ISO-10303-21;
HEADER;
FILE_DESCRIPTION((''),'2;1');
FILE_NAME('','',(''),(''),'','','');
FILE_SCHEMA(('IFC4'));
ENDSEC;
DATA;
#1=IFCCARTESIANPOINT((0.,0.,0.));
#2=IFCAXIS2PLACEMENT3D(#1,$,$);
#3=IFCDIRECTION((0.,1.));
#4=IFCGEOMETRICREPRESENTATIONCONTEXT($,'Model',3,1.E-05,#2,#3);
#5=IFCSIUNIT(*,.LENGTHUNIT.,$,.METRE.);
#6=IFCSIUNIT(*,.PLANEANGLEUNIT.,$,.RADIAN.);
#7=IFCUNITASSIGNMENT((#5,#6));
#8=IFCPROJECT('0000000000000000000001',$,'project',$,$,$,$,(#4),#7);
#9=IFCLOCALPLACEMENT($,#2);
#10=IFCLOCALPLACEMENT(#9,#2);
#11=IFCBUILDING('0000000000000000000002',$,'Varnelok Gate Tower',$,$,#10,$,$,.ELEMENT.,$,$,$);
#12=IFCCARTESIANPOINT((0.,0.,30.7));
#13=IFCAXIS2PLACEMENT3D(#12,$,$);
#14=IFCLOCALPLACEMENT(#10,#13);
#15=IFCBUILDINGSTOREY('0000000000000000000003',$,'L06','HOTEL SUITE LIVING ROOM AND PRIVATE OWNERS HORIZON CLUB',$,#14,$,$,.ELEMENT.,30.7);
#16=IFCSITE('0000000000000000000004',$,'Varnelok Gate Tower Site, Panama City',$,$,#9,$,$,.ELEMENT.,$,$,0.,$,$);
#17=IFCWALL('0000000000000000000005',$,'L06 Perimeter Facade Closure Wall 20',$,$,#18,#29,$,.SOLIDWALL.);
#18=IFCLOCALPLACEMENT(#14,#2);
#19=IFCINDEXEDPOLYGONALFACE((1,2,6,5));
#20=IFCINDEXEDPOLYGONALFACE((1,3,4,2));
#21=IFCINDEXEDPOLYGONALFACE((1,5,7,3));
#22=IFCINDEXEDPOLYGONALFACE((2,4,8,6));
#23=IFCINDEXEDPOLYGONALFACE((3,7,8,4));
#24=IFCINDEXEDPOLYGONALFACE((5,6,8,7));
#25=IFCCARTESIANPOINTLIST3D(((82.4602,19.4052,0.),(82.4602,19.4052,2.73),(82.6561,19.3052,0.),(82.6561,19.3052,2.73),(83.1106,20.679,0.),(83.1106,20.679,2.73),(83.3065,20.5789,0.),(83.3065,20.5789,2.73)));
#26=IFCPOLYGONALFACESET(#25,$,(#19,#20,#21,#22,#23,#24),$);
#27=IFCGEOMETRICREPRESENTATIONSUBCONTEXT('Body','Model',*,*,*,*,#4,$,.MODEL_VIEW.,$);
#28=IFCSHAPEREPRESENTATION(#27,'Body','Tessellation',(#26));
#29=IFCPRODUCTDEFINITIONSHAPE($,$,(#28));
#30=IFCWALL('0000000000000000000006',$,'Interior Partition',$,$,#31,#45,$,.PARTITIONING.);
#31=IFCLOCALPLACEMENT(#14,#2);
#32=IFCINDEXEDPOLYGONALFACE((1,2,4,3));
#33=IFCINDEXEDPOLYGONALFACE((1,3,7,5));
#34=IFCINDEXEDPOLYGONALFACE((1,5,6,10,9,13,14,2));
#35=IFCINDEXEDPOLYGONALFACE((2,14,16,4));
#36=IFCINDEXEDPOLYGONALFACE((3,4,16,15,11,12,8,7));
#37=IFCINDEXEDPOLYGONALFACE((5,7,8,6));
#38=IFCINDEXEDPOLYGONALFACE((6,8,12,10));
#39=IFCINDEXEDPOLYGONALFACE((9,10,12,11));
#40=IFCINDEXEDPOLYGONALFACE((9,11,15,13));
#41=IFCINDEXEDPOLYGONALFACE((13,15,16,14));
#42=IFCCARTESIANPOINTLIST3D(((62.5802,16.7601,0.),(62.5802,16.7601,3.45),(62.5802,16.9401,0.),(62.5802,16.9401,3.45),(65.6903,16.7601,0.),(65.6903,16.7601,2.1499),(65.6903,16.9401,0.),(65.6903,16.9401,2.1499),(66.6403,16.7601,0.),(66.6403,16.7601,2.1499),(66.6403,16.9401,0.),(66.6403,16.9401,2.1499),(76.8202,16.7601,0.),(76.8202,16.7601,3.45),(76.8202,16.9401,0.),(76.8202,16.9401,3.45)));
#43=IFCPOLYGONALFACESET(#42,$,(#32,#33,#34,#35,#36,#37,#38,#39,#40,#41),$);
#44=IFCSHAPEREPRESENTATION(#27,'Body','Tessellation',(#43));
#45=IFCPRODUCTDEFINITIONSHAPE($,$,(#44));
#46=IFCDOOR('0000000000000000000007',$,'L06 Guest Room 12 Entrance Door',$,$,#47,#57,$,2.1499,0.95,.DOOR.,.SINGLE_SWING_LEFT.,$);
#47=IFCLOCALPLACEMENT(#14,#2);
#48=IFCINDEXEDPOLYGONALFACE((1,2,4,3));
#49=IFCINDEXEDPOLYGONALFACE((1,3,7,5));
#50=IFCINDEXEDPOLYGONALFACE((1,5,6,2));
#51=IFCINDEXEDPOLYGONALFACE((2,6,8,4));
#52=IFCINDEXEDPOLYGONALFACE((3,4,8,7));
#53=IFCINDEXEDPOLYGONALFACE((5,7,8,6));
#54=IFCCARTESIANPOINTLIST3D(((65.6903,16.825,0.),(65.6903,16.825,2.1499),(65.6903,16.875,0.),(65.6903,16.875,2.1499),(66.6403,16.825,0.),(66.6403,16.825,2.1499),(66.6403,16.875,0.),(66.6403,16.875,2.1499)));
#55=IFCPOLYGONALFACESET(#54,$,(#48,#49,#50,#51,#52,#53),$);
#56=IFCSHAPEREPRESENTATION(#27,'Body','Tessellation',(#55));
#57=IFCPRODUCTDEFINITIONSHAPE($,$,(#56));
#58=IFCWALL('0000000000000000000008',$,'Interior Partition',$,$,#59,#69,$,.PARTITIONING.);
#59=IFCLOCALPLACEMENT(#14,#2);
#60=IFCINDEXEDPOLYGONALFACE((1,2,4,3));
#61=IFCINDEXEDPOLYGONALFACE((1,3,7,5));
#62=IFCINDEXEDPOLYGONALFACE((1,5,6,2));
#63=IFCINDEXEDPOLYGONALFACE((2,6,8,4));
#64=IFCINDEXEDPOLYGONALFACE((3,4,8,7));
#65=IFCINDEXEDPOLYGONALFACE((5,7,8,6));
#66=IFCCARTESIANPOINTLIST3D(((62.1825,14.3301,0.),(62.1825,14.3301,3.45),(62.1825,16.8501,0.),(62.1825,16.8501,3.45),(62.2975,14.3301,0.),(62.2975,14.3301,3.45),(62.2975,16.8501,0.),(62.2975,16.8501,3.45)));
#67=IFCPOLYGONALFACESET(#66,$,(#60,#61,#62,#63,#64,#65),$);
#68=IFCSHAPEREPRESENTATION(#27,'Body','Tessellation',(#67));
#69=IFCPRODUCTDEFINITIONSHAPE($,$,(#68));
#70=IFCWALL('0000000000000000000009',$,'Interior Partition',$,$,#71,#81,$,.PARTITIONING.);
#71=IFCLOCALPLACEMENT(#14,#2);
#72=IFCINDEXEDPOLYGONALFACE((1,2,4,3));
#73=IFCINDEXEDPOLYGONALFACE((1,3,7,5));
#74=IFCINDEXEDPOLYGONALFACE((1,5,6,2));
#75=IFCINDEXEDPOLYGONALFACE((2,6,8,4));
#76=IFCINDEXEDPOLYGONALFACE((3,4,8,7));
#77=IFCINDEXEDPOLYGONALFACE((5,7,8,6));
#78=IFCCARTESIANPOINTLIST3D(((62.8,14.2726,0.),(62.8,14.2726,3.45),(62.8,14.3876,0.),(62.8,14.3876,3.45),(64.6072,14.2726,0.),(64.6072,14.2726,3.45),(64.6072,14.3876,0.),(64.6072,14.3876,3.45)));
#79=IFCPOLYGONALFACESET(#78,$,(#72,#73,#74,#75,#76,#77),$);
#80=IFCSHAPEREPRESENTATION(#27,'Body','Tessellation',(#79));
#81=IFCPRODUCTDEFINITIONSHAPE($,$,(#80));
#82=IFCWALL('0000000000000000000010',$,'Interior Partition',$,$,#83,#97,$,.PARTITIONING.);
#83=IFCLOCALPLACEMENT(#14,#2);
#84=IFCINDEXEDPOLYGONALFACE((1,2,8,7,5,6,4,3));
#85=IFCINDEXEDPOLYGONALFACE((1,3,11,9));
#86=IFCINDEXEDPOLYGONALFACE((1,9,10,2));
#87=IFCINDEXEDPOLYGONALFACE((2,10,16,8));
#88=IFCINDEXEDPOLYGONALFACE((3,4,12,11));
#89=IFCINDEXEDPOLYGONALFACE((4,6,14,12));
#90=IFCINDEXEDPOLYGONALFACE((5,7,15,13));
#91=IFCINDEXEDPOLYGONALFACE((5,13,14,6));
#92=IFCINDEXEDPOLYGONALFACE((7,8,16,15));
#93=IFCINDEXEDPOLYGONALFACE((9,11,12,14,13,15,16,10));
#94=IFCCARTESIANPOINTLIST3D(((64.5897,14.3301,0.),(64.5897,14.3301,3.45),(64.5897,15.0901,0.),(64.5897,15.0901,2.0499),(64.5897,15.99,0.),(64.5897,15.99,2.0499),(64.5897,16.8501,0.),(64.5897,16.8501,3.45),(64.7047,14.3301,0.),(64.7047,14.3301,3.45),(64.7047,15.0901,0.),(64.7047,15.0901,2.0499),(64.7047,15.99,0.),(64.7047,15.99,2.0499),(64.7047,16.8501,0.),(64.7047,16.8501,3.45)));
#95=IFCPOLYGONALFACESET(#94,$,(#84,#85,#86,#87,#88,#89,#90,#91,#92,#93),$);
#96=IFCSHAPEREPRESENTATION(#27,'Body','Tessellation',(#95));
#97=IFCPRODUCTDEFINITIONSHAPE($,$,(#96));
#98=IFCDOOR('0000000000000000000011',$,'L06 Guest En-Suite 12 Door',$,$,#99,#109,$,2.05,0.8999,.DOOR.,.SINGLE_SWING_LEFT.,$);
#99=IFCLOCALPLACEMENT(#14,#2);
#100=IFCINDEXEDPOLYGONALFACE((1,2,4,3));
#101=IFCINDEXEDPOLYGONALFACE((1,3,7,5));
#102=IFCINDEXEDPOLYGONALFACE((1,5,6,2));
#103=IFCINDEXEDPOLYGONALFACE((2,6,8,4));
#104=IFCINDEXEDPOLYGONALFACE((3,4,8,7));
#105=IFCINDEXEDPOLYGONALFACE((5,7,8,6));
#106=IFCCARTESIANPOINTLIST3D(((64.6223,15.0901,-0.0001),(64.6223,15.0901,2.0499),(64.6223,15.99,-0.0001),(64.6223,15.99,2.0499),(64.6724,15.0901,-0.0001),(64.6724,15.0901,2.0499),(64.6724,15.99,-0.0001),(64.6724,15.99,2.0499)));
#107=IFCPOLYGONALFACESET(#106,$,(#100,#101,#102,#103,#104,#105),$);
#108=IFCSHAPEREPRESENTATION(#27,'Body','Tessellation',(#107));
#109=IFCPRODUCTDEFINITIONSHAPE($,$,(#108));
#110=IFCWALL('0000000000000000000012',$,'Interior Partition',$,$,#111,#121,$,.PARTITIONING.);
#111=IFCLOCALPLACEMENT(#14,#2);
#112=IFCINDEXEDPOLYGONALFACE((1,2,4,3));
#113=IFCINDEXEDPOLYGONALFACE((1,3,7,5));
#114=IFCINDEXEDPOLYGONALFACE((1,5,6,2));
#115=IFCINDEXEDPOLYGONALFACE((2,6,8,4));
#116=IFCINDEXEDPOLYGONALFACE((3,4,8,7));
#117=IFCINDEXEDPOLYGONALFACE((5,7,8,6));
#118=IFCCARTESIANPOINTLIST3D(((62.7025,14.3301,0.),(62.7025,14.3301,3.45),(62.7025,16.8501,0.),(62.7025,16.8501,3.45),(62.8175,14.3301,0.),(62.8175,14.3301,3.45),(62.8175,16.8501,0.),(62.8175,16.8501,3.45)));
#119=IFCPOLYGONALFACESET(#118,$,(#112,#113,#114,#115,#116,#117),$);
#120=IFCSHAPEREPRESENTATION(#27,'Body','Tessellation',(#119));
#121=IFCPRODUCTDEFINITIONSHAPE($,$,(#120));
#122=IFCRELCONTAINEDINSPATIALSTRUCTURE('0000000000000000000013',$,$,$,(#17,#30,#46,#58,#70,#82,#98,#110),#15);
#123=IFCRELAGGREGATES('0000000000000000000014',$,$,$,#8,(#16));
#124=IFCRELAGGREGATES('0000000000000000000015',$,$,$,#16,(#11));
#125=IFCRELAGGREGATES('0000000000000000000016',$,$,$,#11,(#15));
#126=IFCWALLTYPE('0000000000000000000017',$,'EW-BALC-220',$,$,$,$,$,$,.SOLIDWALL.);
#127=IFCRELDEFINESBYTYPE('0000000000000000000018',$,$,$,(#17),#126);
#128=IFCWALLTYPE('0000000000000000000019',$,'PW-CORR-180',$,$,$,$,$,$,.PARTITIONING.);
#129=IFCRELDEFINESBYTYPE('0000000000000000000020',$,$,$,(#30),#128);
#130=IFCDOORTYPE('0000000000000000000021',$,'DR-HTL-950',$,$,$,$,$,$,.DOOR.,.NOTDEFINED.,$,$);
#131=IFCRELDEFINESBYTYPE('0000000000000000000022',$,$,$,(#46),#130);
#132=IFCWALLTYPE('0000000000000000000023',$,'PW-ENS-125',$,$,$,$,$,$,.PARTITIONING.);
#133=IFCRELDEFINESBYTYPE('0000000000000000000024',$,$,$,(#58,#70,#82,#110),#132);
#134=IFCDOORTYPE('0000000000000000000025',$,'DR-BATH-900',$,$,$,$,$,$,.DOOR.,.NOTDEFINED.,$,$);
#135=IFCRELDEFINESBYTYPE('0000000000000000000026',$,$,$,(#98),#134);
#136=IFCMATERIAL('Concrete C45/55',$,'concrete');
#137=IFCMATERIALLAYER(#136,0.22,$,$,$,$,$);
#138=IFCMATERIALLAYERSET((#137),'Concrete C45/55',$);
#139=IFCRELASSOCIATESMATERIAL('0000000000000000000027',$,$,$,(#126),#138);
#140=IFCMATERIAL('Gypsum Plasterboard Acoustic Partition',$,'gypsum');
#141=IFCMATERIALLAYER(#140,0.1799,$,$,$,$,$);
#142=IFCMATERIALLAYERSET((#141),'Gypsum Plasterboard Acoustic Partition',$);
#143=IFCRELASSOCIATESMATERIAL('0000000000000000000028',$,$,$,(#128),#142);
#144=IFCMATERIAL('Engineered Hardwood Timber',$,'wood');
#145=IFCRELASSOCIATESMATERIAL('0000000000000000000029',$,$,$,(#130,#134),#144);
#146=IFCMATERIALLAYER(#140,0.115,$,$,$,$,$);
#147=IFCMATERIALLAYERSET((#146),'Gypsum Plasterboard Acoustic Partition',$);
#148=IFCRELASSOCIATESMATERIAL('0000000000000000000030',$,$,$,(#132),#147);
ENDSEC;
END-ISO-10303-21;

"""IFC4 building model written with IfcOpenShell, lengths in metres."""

from ifc_helpers import new_model, si_unit, direction, frame, frame_2d, origin, place, context, subcontext, project, spatial, rectangle, extrude, material, layer, layer_set, type_object, element, fill, save


model = new_model("IFC4")

# Units and contexts
model_context = context("Model", 3, precision=1e-05, world=origin(), true_north=direction((0.0, 1.0)))
body_context = subcontext(model_context, "Body", "Model", "MODEL_VIEW")
ifc_project = project(units=[si_unit("LENGTHUNIT", "METRE"), si_unit("PLANEANGLEUNIT", "RADIAN")], contexts=[model_context])

# Site, building, storey
site_placement = place(None, origin())
site = spatial("IfcSite", under=ifc_project, at=site_placement, Name="Varnelok Gate Tower Site, Panama City", CompositionType="ELEMENT", RefElevation=0.0)
building_placement = place(site_placement, origin())
building = spatial("IfcBuilding", under=site, at=building_placement, Name="Varnelok Gate Tower", CompositionType="ELEMENT")
storey_placement = place(building_placement, frame((0.0, 0.0, 30.7)))
storey = spatial("IfcBuildingStorey", under=building, at=storey_placement, Name="L06", Description="HOTEL SUITE LIVING ROOM AND PRIVATE OWNERS HORIZON CLUB", CompositionType="ELEMENT", Elevation=30.7)

# Wall
ifc_material_1 = material(Name="Concrete C45/55", Category="concrete")
ifc_layer_1 = layer(ifc_material_1, 0.22)
ifc_layer_set_1 = layer_set([ifc_layer_1], Name="Concrete C45/55")
wall_type_1 = type_object("IfcWallType", Name="EW-BALC-220", PredefinedType="SOLIDWALL", material=ifc_layer_set_1)
wall_1_placement = place(storey_placement, frame((82.5581, 19.3552, 0.0), z_axis=(0.0, 0.0, 1.0), x_axis=(0.454777, 0.890605, 0.0)))
element("IfcWall", 1, at=wall_1_placement, inside=storey, type_object=wall_type_1, Name="L06 Perimeter Facade Closure Wall 20", PredefinedType="SOLIDWALL", context=body_context, shape_type="SweptSolid", body=[
    extrude(rectangle(XDim=1.4302, YDim=0.22, at=frame_2d((0.7151, 0.0))), origin(), (0.0, 0.0, 1.0), 2.73),
])

# Wall, opening, door
ifc_material_2 = material(Name="Gypsum Plasterboard Acoustic Partition", Category="gypsum")
ifc_layer_2 = layer(ifc_material_2, 0.1799)
ifc_layer_set_2 = layer_set([ifc_layer_2], Name="Gypsum Plasterboard Acoustic Partition")
wall_type_2 = type_object("IfcWallType", Name="PW-CORR-180", PredefinedType="PARTITIONING", material=ifc_layer_set_2)
wall_2_placement = place(storey_placement, frame((62.5801, 16.8501, 0.0), z_axis=(0.0, 0.0, 1.0), x_axis=(1.0, 0.0, 0.0)))
wall_2 = element("IfcWall", 2, at=wall_2_placement, inside=storey, type_object=wall_type_2, Name="Interior Partition", PredefinedType="PARTITIONING", context=body_context, shape_type="SweptSolid", body=[
    extrude(rectangle(XDim=14.24, YDim=0.1799, at=frame_2d((7.1201, 0.0))), origin(), (0.0, 0.0, 1.0), 3.45),
])
opening_1_placement = place(wall_2_placement, frame((3.1101, 0.0, 0.0)))
opening_1 = element("IfcOpeningElement", 3, at=opening_1_placement, cuts=wall_2, PredefinedType="OPENING", context=body_context, shape_type="SweptSolid", body=[
    extrude(rectangle(XDim=0.95, YDim=2.1499, at=frame_2d((0.4751, 1.075))), frame((0.0, 0.0999, 0.0), z_axis=(0.0, -1.0, 0.0), x_axis=(1.0, 0.0, 0.0)), (0.0, 0.0, 1.0), 0.2),
])
ifc_material_3 = material(Name="Engineered Hardwood Timber", Category="wood")
door_type_1 = type_object("IfcDoorType", Name="DR-HTL-950", OperationType="NOTDEFINED", PredefinedType="DOOR", material=ifc_material_3)
door_1_placement = place(opening_1_placement, origin())
door_1 = element("IfcDoor", 4, at=door_1_placement, inside=storey, type_object=door_type_1, Name="L06 Guest Room 12 Entrance Door", OperationType="SINGLE_SWING_LEFT", OverallHeight=2.1499, OverallWidth=0.95, PredefinedType="DOOR", context=body_context, shape_type="SweptSolid", body=[
    extrude(rectangle(XDim=0.95, YDim=2.1499, at=frame_2d((0.4751, 1.075))), frame((0.0, 0.0249, 0.0), z_axis=(0.0, -1.0, 0.0), x_axis=(1.0, 0.0, 0.0)), (0.0, 0.0, 1.0), 0.05),
])
fill(opening_1, door_1)

# Walls
ifc_layer_3 = layer(ifc_material_2, 0.115)
ifc_layer_set_3 = layer_set([ifc_layer_3], Name="Gypsum Plasterboard Acoustic Partition")
wall_type_3 = type_object("IfcWallType", Name="PW-ENS-125", PredefinedType="PARTITIONING", material=ifc_layer_set_3)
wall_3_placement = place(storey_placement, frame((62.24, 14.3301, 0.0), z_axis=(0.0, 0.0, 1.0), x_axis=(0.0, 1.0, 0.0)))
element("IfcWall", 5, at=wall_3_placement, inside=storey, type_object=wall_type_3, Name="Interior Partition", PredefinedType="PARTITIONING", context=body_context, shape_type="SweptSolid", body=[
    extrude(rectangle(XDim=2.52, YDim=0.115, at=frame_2d((1.26, 0.0))), origin(), (0.0, 0.0, 1.0), 3.45),
])
wall_4_placement = place(storey_placement, frame((62.8, 14.3301, 0.0), z_axis=(0.0, 0.0, 1.0), x_axis=(1.0, 0.0, 0.0)))
element("IfcWall", 6, at=wall_4_placement, inside=storey, type_object=wall_type_3, Name="Interior Partition", PredefinedType="PARTITIONING", context=body_context, shape_type="SweptSolid", body=[
    extrude(rectangle(XDim=1.8071, YDim=0.115, at=frame_2d((0.9036, 0.0))), origin(), (0.0, 0.0, 1.0), 3.45),
])

# Wall, opening, door
wall_5_placement = place(storey_placement, frame((64.6472, 14.3301, 0.0), z_axis=(0.0, 0.0, 1.0), x_axis=(0.0, 1.0, 0.0)))
wall_5 = element("IfcWall", 7, at=wall_5_placement, inside=storey, type_object=wall_type_3, Name="Interior Partition", PredefinedType="PARTITIONING", context=body_context, shape_type="SweptSolid", body=[
    extrude(rectangle(XDim=2.52, YDim=0.115, at=frame_2d((1.26, 0.0))), origin(), (0.0, 0.0, 1.0), 3.45),
])
opening_2_placement = place(wall_5_placement, frame((0.76, 0.0, 0.0)))
opening_2 = element("IfcOpeningElement", 8, at=opening_2_placement, cuts=wall_5, PredefinedType="OPENING", context=body_context, shape_type="SweptSolid", body=[
    extrude(rectangle(XDim=0.8999, YDim=2.05, at=frame_2d((0.45, 1.0249))), frame((0.0, 0.0674, 0.0), z_axis=(0.0, -1.0, 0.0), x_axis=(1.0, 0.0, 0.0)), (0.0, 0.0, 1.0), 0.135),
])
door_type_2 = type_object("IfcDoorType", Name="DR-BATH-900", OperationType="NOTDEFINED", PredefinedType="DOOR", material=ifc_material_3)
door_2_placement = place(opening_2_placement, origin())
door_2 = element("IfcDoor", 9, at=door_2_placement, inside=storey, type_object=door_type_2, Name="L06 Guest En-Suite 12 Door", OperationType="SINGLE_SWING_LEFT", OverallHeight=2.05, OverallWidth=0.8999, PredefinedType="DOOR", context=body_context, shape_type="SweptSolid", body=[
    extrude(rectangle(XDim=0.8999, YDim=2.05, at=frame_2d((0.45, 1.0249))), frame((0.0, 0.0249, 0.0), z_axis=(0.0, -1.0, 0.0), x_axis=(1.0, 0.0, 0.0)), (0.0, 0.0, 1.0), 0.05),
])
fill(opening_2, door_2)

# Wall
wall_6_placement = place(storey_placement, frame((62.76, 14.3301, 0.0), z_axis=(0.0, 0.0, 1.0), x_axis=(0.0, 1.0, 0.0)))
element("IfcWall", 10, at=wall_6_placement, inside=storey, type_object=wall_type_3, Name="Interior Partition", PredefinedType="PARTITIONING", context=body_context, shape_type="SweptSolid", body=[
    extrude(rectangle(XDim=2.52, YDim=0.115, at=frame_2d((1.26, 0.0))), origin(), (0.0, 0.0, 1.0), 3.45),
])

save(model, "model.ifc")
